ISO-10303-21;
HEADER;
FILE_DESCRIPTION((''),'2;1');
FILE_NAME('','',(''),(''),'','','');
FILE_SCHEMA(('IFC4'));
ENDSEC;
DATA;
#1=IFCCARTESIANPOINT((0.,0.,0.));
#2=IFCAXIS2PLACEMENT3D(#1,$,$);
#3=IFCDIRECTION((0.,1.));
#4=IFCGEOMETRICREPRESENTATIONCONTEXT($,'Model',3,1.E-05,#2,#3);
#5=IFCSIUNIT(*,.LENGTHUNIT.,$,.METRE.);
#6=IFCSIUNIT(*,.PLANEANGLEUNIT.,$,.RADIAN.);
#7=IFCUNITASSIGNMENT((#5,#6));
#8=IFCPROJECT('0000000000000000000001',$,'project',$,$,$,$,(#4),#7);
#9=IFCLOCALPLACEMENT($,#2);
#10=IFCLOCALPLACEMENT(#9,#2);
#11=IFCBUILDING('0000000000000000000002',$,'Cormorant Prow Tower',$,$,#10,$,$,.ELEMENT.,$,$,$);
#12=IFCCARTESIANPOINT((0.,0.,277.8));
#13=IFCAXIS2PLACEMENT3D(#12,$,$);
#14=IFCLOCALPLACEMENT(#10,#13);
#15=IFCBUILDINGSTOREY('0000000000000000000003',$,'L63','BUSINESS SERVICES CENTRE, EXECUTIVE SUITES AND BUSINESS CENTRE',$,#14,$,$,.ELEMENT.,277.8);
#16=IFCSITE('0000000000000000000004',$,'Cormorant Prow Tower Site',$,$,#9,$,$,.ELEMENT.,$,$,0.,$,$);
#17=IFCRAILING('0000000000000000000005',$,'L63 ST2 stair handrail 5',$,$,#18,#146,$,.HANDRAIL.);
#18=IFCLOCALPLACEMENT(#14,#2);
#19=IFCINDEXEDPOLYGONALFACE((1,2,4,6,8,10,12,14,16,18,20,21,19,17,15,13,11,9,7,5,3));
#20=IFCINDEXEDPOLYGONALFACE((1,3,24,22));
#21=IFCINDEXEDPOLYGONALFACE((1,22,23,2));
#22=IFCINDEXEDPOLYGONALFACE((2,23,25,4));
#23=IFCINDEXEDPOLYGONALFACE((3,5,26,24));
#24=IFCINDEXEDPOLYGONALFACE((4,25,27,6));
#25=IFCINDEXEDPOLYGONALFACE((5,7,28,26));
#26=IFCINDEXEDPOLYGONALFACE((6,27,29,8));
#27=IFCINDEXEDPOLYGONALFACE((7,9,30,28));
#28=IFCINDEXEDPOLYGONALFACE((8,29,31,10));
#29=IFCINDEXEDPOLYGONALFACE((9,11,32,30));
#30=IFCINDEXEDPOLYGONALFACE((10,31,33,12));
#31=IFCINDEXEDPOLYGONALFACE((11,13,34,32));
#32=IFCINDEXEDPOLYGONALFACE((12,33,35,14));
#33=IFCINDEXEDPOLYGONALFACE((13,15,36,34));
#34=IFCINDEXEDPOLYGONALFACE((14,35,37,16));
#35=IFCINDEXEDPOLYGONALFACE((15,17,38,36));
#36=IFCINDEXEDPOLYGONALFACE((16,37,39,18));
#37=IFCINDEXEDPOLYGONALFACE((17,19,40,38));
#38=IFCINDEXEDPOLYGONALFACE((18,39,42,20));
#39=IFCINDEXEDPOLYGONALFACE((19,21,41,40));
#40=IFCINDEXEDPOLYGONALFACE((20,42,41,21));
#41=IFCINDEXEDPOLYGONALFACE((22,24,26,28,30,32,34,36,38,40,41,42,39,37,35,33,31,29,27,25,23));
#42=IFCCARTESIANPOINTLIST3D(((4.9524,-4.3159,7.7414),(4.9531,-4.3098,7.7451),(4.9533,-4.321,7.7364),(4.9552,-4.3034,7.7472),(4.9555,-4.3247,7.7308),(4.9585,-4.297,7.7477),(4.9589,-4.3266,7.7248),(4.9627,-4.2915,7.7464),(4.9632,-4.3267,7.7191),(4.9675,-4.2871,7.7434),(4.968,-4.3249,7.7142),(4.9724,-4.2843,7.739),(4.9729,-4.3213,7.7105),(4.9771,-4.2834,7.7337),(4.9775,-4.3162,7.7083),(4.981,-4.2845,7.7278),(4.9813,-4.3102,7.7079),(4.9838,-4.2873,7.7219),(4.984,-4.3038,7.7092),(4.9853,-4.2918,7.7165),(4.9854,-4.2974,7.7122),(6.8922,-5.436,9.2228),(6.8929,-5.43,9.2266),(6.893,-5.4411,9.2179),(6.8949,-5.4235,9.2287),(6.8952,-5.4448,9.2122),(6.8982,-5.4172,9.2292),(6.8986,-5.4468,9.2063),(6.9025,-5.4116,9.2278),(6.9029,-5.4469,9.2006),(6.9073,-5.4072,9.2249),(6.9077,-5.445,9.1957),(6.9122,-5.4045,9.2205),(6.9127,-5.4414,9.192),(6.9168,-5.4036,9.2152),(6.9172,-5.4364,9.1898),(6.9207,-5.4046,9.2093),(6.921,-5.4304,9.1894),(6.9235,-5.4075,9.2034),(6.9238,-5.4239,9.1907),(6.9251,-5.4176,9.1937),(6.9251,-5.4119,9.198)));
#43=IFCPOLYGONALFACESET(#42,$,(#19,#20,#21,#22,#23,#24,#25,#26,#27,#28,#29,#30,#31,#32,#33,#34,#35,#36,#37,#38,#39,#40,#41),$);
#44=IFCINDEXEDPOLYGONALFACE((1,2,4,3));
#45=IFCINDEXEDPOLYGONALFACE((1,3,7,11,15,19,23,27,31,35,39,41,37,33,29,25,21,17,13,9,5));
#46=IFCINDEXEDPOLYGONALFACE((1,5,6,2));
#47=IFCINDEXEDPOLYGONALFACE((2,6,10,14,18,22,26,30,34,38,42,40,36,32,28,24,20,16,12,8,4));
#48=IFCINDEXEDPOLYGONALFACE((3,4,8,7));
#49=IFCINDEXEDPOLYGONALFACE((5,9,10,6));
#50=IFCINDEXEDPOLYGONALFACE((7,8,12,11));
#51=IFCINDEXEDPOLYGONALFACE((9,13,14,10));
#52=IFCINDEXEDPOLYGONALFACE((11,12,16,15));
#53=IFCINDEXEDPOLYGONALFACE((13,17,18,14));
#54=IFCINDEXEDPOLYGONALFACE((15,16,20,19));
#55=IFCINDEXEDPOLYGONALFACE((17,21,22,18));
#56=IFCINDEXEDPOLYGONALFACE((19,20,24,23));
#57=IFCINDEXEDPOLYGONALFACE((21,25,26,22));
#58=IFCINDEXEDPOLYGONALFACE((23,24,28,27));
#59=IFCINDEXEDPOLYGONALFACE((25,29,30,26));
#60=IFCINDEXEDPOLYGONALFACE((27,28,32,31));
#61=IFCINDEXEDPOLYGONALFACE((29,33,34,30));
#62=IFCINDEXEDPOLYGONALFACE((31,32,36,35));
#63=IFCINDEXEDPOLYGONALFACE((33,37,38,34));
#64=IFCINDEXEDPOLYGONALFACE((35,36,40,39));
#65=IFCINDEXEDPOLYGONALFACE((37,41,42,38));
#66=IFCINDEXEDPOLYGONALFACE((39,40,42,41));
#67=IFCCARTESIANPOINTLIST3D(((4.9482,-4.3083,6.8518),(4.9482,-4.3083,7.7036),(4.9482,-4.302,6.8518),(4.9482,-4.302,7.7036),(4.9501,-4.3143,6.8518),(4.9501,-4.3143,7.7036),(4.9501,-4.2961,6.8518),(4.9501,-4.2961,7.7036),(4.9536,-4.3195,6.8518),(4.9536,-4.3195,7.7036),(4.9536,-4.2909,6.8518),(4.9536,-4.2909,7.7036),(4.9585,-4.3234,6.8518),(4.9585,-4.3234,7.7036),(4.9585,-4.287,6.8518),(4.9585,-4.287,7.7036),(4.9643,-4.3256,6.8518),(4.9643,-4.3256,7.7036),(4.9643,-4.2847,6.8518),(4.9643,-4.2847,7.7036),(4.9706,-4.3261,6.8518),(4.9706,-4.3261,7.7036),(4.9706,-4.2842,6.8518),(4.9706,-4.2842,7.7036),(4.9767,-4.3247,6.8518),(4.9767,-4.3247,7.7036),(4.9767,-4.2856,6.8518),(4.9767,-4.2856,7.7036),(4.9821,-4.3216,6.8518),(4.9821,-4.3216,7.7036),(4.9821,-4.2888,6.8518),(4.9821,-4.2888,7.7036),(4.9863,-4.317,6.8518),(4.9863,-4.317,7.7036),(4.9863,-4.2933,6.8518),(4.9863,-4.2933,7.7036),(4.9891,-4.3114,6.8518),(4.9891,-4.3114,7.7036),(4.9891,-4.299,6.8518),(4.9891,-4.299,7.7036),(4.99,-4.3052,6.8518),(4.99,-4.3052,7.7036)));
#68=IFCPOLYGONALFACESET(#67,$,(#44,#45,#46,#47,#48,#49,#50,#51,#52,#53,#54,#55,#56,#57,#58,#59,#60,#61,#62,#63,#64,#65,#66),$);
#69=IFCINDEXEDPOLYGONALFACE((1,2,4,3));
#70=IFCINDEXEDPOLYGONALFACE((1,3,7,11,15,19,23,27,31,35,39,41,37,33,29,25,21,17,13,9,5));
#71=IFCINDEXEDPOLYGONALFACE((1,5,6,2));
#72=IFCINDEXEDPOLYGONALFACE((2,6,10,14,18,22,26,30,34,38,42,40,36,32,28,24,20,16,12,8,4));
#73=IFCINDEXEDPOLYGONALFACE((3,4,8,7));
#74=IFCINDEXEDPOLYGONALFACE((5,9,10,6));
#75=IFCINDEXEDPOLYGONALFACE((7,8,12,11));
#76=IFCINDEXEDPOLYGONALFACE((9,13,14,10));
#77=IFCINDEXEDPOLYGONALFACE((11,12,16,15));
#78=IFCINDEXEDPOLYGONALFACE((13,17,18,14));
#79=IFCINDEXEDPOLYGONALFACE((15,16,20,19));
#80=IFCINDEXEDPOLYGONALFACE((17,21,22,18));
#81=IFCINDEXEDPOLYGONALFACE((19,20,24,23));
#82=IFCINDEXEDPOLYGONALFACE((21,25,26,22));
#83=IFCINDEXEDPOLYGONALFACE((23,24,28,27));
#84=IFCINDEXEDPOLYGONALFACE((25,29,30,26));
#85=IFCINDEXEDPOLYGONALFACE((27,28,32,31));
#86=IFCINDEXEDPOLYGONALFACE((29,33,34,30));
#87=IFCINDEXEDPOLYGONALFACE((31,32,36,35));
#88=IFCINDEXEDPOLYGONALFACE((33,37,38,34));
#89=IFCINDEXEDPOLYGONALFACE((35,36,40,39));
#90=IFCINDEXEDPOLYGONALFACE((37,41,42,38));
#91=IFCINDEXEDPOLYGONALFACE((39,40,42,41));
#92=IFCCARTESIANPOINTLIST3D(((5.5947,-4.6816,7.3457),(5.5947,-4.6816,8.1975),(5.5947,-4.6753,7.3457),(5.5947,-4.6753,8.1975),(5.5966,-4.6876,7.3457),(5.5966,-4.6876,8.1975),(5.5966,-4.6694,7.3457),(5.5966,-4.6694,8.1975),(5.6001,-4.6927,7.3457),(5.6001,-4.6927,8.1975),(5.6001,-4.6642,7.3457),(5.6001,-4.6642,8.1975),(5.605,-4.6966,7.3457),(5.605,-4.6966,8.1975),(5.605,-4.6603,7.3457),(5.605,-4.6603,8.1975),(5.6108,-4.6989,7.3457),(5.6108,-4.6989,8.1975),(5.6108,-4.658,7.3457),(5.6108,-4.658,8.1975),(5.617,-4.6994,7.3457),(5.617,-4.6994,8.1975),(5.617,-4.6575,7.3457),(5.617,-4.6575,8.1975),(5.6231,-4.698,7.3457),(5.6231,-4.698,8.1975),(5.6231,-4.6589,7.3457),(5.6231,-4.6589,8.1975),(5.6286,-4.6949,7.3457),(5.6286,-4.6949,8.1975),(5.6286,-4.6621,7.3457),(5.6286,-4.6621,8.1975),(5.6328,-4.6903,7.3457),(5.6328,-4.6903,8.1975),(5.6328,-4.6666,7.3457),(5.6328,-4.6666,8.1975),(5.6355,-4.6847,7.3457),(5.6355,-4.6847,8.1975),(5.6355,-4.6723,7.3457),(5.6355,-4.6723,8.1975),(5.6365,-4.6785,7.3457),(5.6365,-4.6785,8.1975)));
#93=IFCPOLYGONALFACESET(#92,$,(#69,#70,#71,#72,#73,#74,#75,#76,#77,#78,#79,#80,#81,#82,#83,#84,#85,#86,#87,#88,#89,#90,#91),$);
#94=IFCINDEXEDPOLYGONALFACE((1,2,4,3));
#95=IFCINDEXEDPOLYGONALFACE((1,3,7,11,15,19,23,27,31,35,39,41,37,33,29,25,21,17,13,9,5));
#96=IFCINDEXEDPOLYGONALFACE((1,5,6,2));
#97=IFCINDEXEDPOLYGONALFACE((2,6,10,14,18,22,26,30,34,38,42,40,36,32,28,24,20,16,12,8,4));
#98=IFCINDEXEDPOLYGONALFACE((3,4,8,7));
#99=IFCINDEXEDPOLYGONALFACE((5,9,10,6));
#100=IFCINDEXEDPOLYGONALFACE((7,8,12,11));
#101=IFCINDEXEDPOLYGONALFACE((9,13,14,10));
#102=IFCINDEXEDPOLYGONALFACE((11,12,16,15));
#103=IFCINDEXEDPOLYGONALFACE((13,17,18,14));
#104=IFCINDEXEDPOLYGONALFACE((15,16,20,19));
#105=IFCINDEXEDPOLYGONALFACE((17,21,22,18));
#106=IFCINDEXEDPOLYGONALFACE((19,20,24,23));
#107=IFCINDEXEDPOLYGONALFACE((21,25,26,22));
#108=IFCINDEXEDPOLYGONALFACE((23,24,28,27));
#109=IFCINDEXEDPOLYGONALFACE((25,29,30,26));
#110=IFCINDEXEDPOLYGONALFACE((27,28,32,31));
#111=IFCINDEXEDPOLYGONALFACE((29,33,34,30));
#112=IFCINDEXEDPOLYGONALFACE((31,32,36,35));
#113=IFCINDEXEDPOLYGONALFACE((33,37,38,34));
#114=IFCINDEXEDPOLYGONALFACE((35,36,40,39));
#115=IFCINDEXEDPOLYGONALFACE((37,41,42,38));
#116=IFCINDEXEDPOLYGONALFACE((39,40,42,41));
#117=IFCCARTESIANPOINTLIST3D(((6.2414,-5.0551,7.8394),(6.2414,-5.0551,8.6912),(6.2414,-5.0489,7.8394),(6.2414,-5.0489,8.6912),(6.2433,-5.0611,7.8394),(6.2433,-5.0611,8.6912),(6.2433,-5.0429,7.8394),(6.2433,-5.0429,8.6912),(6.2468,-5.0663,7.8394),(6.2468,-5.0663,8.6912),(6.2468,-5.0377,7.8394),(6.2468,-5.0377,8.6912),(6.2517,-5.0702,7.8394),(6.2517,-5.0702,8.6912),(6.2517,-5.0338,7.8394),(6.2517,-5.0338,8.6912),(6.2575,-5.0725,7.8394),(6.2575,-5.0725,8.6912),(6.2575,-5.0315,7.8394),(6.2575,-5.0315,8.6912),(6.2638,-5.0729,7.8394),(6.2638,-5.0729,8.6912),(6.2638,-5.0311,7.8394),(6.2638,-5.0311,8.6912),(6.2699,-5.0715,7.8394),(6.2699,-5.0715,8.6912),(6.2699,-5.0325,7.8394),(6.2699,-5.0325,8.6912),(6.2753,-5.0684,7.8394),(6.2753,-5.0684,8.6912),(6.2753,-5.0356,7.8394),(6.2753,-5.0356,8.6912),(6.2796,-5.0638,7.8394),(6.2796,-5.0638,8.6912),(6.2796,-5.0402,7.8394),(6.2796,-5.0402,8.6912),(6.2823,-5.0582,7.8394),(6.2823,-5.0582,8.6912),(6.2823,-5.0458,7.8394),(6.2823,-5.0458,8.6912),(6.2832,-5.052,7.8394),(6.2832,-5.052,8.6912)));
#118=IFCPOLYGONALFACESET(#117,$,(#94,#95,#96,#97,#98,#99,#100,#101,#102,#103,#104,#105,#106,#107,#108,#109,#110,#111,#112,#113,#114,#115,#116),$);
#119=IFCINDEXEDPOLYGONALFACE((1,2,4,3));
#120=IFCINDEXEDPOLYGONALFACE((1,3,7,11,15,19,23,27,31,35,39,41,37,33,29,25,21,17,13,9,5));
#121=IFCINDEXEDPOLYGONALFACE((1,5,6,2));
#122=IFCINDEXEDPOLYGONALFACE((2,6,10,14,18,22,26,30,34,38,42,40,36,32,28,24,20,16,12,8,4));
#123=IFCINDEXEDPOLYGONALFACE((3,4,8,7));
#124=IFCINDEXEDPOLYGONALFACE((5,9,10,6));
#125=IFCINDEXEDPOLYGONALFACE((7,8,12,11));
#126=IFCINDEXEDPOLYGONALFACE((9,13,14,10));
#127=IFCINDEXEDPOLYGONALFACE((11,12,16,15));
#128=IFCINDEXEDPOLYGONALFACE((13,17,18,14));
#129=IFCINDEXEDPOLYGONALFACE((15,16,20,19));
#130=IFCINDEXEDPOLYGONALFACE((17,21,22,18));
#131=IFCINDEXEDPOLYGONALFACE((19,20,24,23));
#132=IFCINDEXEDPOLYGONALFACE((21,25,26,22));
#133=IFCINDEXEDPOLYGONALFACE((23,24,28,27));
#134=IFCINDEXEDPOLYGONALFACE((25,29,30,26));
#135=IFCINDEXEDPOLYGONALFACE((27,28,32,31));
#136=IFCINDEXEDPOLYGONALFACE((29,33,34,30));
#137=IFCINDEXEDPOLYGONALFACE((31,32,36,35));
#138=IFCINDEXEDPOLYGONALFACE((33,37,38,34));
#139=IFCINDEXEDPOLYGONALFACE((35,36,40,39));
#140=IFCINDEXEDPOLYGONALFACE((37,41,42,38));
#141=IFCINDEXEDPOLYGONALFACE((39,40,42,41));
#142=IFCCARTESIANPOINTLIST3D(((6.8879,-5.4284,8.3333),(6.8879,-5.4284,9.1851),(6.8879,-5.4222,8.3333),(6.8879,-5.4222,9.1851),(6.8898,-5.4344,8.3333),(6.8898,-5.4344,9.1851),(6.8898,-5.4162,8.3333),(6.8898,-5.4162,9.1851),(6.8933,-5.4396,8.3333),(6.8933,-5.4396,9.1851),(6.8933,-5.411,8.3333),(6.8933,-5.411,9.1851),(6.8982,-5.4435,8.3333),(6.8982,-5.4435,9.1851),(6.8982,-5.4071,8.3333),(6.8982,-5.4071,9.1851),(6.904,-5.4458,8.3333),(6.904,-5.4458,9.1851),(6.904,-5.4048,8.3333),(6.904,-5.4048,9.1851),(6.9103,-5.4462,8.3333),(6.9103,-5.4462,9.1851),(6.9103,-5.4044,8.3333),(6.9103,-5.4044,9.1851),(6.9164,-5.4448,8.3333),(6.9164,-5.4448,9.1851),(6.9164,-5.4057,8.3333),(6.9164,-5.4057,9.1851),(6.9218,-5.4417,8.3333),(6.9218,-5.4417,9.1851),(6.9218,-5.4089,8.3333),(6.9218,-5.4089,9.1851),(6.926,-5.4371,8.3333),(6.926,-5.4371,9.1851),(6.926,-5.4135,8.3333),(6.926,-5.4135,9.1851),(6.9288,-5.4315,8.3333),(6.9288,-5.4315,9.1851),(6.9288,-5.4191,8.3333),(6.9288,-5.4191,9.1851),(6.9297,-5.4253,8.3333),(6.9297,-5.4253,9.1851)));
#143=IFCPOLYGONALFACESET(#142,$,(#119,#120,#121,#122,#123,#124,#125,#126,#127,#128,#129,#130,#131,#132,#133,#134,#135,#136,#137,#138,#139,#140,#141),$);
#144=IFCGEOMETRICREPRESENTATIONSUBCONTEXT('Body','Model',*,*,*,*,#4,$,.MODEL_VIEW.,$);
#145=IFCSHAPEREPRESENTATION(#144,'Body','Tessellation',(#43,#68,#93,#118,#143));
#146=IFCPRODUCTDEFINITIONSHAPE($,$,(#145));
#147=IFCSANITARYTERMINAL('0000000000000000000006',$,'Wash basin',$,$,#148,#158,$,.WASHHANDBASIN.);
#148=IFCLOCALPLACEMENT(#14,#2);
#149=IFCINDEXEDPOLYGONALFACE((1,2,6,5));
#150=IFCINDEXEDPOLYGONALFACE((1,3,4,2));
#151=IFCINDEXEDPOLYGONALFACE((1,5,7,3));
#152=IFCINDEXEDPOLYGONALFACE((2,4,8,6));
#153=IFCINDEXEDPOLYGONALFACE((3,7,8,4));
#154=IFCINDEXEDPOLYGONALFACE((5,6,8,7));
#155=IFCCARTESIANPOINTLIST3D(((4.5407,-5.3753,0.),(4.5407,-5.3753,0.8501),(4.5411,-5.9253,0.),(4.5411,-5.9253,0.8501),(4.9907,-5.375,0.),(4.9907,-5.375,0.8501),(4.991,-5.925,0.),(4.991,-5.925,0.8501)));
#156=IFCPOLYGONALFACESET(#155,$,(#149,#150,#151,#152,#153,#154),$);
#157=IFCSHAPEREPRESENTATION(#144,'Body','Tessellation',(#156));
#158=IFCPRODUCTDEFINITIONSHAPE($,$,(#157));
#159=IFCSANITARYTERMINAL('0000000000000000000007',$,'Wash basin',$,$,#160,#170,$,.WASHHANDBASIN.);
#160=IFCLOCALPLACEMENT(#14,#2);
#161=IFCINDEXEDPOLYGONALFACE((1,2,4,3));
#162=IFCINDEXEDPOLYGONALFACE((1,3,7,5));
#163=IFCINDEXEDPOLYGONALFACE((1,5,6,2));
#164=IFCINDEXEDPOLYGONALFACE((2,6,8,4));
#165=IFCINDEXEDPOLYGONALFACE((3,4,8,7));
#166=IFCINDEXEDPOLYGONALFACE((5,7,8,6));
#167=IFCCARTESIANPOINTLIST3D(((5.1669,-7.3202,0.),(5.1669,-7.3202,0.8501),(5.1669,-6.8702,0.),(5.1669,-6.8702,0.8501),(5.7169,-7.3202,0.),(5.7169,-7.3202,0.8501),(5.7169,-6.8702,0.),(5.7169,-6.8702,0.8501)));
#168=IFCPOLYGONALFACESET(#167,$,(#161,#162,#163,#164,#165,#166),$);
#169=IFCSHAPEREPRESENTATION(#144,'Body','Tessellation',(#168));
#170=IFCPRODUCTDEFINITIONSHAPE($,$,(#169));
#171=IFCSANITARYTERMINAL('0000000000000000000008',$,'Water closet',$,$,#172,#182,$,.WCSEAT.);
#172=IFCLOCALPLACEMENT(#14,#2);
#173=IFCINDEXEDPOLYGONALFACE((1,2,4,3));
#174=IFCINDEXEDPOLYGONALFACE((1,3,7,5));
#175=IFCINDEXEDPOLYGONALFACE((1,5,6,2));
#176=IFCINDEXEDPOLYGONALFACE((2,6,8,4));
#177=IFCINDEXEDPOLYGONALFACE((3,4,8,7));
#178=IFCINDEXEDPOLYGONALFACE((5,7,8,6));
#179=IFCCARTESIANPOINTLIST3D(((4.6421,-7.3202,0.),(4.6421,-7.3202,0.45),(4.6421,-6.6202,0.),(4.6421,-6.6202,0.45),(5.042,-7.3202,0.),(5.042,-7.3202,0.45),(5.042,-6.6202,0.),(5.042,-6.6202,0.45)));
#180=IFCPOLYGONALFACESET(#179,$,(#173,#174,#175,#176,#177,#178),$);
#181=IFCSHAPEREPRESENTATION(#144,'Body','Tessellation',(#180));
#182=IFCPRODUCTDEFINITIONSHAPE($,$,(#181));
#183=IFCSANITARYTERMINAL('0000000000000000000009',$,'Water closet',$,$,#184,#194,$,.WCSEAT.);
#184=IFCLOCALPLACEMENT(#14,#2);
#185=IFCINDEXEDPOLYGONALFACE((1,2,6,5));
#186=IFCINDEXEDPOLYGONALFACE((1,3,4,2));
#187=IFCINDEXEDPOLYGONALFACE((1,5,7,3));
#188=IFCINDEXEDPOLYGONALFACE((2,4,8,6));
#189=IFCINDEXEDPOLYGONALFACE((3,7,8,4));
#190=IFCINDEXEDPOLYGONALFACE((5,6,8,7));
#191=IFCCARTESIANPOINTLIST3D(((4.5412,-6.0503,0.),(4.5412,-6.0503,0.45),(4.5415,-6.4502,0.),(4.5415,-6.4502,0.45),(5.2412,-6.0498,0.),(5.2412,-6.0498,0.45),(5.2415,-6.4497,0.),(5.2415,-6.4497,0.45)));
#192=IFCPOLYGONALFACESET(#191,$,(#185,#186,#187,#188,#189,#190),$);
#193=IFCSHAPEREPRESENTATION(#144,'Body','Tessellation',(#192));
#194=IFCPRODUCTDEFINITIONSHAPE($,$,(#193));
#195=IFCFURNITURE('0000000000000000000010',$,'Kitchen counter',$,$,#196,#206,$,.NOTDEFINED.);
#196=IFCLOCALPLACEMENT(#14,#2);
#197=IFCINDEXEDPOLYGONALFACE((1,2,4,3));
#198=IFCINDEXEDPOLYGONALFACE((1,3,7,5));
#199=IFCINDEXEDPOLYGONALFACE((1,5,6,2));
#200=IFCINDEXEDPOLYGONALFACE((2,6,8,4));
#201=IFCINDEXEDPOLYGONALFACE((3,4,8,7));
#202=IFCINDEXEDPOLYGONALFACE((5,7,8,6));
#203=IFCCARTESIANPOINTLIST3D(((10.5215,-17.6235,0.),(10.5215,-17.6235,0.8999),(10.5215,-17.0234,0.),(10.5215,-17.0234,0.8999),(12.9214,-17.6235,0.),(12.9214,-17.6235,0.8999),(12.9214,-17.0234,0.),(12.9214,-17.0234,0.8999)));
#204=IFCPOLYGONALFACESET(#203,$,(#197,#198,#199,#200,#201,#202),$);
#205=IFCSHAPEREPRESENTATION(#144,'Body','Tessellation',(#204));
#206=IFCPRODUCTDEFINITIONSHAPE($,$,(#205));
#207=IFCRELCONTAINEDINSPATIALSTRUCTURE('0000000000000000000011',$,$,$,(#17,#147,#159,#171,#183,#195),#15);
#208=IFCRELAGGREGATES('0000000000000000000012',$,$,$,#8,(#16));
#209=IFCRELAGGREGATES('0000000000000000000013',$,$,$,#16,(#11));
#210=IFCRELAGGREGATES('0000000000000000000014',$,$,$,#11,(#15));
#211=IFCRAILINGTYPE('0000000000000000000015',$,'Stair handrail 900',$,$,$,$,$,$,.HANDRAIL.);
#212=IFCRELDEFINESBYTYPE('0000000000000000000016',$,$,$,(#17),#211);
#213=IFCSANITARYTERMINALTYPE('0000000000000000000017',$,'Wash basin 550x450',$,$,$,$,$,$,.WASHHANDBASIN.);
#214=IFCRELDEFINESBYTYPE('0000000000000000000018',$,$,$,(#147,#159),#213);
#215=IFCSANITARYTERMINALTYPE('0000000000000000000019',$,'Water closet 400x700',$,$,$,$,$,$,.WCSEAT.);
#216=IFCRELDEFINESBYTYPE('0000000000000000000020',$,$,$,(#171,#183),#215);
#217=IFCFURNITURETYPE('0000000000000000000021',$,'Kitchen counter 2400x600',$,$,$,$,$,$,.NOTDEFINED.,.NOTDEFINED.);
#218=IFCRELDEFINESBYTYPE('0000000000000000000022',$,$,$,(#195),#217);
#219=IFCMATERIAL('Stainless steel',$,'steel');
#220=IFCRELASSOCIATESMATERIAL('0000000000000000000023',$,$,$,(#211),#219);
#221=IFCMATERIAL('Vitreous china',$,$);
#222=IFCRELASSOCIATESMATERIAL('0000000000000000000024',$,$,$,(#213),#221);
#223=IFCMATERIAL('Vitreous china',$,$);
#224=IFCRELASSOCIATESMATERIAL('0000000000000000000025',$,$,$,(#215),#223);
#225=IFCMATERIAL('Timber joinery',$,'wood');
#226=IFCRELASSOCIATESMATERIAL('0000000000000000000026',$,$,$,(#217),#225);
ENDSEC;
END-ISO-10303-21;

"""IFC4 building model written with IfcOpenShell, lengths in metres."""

from ifc_helpers import new_model, si_unit, direction, frame, origin, origin_2d, place, context, subcontext, project, spatial, rectangle, circle, extrude, material, type_object, element, save


model = new_model("IFC4")

# Units and contexts
model_context = context("Model", 3, precision=1e-05, world=origin(), true_north=direction((0.0, 1.0)))
body_context = subcontext(model_context, "Body", "Model", "MODEL_VIEW")
ifc_project = project(units=[si_unit("LENGTHUNIT", "METRE"), si_unit("PLANEANGLEUNIT", "RADIAN")], contexts=[model_context])

# Site, building, storey
site_placement = place(None, origin())
site = spatial("IfcSite", under=ifc_project, at=site_placement, Name="Cormorant Prow Tower Site", CompositionType="ELEMENT", RefElevation=0.0)
building_placement = place(site_placement, origin())
building = spatial("IfcBuilding", under=site, at=building_placement, Name="Cormorant Prow Tower", CompositionType="ELEMENT")
storey_placement = place(building_placement, frame((0.0, 0.0, 277.8)))
storey = spatial("IfcBuildingStorey", under=building, at=storey_placement, Name="L63", Description="BUSINESS SERVICES CENTRE, EXECUTIVE SUITES AND BUSINESS CENTRE", CompositionType="ELEMENT", Elevation=277.8)

# Railing
ifc_material_1 = material(Name="Stainless steel", Category="steel")
railing_type = type_object("IfcRailingType", Name="Stair handrail 900", PredefinedType="HANDRAIL", material=ifc_material_1)
for number, where, name in (
    (1, (4.969, -4.3052, 6.8518), "L63 ST2 stair handrail 5"),
):
    element("IfcRailing", number, at=place(storey_placement, frame(where)), inside=storey, type_object=railing_type, Name=name, PredefinedType="HANDRAIL", context=body_context, shape_type="SweptSolid", body=[
        extrude(circle(Radius=0.0239, at=origin_2d()), frame((0.0, 0.0, 0.876), z_axis=(0.722292, -0.417102, 0.551651), x_axis=(0.500078, 0.86598, 0.0)), (0.0, 0.0, 1.0), 2.6855),
        extrude(circle(Radius=0.021, at=origin_2d()), origin(), (0.0, 0.0, 1.0), 0.8518),
        extrude(circle(Radius=0.021, at=origin_2d()), frame((0.6465, -0.3733, 0.4939)), (0.0, 0.0, 1.0), 0.8518),
        extrude(circle(Radius=0.021, at=origin_2d()), frame((1.2932, -0.7468, 0.9875)), (0.0, 0.0, 1.0), 0.8518),
        extrude(circle(Radius=0.021, at=origin_2d()), frame((1.9397, -1.1201, 1.4814)), (0.0, 0.0, 1.0), 0.8518),
    ])

# Sanitary terminals
ifc_material_2 = material(Name="Vitreous china")
sanitary_terminal_type_1 = type_object("IfcSanitaryTerminalType", Name="Wash basin 550x450", PredefinedType="WASHHANDBASIN", material=ifc_material_2)
for number, where, z_axis, x_axis, name in (
    (2, (4.7659, -5.6501, 0.0), (0.0, 0.0, 1.0), (0.000663, -1.0, 0.0), "Wash basin"),
    (3, (5.4419, -7.0952, 0.0), (0.0, 0.0, 1.0), (1.0, 0.0, 0.0), "Wash basin"),
):
    element("IfcSanitaryTerminal", number, at=place(storey_placement, frame(where, z_axis=z_axis, x_axis=x_axis)), inside=storey, type_object=sanitary_terminal_type_1, Name=name, PredefinedType="WASHHANDBASIN", context=body_context, shape_type="SweptSolid", body=[
        extrude(rectangle(XDim=0.55, YDim=0.45, at=origin_2d()), origin(), (0.0, 0.0, 1.0), 0.8501),
    ])
ifc_material_3 = material(Name="Vitreous china")
sanitary_terminal_type_2 = type_object("IfcSanitaryTerminalType", Name="Water closet 400x700", PredefinedType="WCSEAT", material=ifc_material_3)
for number, where, z_axis, x_axis, name in (
    (4, (4.842, -6.9702, 0.0), (0.0, 0.0, 1.0), (1.0, 0.0, 0.0), "Water closet"),
    (5, (4.8914, -6.25, 0.0), (0.0, 0.0, 1.0), (0.000663, -1.0, 0.0), "Water closet"),
):
    element("IfcSanitaryTerminal", number, at=place(storey_placement, frame(where, z_axis=z_axis, x_axis=x_axis)), inside=storey, type_object=sanitary_terminal_type_2, Name=name, PredefinedType="WCSEAT", context=body_context, shape_type="SweptSolid", body=[
        extrude(rectangle(XDim=0.3999, YDim=0.7, at=origin_2d()), origin(), (0.0, 0.0, 1.0), 0.45),
    ])

# Furniture
ifc_material_4 = material(Name="Timber joinery", Category="wood")
furniture_type = type_object("IfcFurnitureType", Name="Kitchen counter 2400x600", AssemblyPlace="NOTDEFINED", PredefinedType="NOTDEFINED", material=ifc_material_4)
furniture_placement = place(storey_placement, frame((11.7214, -17.3235, 0.0), z_axis=(0.0, 0.0, 1.0), x_axis=(1.0, 0.0, 0.0)))
element("IfcFurniture", 6, at=furniture_placement, inside=storey, type_object=furniture_type, Name="Kitchen counter", PredefinedType="NOTDEFINED", context=body_context, shape_type="SweptSolid", body=[
    extrude(rectangle(XDim=2.3999, YDim=0.6001, at=origin_2d()), origin(), (0.0, 0.0, 1.0), 0.8999),
])

save(model, "model.ifc")
